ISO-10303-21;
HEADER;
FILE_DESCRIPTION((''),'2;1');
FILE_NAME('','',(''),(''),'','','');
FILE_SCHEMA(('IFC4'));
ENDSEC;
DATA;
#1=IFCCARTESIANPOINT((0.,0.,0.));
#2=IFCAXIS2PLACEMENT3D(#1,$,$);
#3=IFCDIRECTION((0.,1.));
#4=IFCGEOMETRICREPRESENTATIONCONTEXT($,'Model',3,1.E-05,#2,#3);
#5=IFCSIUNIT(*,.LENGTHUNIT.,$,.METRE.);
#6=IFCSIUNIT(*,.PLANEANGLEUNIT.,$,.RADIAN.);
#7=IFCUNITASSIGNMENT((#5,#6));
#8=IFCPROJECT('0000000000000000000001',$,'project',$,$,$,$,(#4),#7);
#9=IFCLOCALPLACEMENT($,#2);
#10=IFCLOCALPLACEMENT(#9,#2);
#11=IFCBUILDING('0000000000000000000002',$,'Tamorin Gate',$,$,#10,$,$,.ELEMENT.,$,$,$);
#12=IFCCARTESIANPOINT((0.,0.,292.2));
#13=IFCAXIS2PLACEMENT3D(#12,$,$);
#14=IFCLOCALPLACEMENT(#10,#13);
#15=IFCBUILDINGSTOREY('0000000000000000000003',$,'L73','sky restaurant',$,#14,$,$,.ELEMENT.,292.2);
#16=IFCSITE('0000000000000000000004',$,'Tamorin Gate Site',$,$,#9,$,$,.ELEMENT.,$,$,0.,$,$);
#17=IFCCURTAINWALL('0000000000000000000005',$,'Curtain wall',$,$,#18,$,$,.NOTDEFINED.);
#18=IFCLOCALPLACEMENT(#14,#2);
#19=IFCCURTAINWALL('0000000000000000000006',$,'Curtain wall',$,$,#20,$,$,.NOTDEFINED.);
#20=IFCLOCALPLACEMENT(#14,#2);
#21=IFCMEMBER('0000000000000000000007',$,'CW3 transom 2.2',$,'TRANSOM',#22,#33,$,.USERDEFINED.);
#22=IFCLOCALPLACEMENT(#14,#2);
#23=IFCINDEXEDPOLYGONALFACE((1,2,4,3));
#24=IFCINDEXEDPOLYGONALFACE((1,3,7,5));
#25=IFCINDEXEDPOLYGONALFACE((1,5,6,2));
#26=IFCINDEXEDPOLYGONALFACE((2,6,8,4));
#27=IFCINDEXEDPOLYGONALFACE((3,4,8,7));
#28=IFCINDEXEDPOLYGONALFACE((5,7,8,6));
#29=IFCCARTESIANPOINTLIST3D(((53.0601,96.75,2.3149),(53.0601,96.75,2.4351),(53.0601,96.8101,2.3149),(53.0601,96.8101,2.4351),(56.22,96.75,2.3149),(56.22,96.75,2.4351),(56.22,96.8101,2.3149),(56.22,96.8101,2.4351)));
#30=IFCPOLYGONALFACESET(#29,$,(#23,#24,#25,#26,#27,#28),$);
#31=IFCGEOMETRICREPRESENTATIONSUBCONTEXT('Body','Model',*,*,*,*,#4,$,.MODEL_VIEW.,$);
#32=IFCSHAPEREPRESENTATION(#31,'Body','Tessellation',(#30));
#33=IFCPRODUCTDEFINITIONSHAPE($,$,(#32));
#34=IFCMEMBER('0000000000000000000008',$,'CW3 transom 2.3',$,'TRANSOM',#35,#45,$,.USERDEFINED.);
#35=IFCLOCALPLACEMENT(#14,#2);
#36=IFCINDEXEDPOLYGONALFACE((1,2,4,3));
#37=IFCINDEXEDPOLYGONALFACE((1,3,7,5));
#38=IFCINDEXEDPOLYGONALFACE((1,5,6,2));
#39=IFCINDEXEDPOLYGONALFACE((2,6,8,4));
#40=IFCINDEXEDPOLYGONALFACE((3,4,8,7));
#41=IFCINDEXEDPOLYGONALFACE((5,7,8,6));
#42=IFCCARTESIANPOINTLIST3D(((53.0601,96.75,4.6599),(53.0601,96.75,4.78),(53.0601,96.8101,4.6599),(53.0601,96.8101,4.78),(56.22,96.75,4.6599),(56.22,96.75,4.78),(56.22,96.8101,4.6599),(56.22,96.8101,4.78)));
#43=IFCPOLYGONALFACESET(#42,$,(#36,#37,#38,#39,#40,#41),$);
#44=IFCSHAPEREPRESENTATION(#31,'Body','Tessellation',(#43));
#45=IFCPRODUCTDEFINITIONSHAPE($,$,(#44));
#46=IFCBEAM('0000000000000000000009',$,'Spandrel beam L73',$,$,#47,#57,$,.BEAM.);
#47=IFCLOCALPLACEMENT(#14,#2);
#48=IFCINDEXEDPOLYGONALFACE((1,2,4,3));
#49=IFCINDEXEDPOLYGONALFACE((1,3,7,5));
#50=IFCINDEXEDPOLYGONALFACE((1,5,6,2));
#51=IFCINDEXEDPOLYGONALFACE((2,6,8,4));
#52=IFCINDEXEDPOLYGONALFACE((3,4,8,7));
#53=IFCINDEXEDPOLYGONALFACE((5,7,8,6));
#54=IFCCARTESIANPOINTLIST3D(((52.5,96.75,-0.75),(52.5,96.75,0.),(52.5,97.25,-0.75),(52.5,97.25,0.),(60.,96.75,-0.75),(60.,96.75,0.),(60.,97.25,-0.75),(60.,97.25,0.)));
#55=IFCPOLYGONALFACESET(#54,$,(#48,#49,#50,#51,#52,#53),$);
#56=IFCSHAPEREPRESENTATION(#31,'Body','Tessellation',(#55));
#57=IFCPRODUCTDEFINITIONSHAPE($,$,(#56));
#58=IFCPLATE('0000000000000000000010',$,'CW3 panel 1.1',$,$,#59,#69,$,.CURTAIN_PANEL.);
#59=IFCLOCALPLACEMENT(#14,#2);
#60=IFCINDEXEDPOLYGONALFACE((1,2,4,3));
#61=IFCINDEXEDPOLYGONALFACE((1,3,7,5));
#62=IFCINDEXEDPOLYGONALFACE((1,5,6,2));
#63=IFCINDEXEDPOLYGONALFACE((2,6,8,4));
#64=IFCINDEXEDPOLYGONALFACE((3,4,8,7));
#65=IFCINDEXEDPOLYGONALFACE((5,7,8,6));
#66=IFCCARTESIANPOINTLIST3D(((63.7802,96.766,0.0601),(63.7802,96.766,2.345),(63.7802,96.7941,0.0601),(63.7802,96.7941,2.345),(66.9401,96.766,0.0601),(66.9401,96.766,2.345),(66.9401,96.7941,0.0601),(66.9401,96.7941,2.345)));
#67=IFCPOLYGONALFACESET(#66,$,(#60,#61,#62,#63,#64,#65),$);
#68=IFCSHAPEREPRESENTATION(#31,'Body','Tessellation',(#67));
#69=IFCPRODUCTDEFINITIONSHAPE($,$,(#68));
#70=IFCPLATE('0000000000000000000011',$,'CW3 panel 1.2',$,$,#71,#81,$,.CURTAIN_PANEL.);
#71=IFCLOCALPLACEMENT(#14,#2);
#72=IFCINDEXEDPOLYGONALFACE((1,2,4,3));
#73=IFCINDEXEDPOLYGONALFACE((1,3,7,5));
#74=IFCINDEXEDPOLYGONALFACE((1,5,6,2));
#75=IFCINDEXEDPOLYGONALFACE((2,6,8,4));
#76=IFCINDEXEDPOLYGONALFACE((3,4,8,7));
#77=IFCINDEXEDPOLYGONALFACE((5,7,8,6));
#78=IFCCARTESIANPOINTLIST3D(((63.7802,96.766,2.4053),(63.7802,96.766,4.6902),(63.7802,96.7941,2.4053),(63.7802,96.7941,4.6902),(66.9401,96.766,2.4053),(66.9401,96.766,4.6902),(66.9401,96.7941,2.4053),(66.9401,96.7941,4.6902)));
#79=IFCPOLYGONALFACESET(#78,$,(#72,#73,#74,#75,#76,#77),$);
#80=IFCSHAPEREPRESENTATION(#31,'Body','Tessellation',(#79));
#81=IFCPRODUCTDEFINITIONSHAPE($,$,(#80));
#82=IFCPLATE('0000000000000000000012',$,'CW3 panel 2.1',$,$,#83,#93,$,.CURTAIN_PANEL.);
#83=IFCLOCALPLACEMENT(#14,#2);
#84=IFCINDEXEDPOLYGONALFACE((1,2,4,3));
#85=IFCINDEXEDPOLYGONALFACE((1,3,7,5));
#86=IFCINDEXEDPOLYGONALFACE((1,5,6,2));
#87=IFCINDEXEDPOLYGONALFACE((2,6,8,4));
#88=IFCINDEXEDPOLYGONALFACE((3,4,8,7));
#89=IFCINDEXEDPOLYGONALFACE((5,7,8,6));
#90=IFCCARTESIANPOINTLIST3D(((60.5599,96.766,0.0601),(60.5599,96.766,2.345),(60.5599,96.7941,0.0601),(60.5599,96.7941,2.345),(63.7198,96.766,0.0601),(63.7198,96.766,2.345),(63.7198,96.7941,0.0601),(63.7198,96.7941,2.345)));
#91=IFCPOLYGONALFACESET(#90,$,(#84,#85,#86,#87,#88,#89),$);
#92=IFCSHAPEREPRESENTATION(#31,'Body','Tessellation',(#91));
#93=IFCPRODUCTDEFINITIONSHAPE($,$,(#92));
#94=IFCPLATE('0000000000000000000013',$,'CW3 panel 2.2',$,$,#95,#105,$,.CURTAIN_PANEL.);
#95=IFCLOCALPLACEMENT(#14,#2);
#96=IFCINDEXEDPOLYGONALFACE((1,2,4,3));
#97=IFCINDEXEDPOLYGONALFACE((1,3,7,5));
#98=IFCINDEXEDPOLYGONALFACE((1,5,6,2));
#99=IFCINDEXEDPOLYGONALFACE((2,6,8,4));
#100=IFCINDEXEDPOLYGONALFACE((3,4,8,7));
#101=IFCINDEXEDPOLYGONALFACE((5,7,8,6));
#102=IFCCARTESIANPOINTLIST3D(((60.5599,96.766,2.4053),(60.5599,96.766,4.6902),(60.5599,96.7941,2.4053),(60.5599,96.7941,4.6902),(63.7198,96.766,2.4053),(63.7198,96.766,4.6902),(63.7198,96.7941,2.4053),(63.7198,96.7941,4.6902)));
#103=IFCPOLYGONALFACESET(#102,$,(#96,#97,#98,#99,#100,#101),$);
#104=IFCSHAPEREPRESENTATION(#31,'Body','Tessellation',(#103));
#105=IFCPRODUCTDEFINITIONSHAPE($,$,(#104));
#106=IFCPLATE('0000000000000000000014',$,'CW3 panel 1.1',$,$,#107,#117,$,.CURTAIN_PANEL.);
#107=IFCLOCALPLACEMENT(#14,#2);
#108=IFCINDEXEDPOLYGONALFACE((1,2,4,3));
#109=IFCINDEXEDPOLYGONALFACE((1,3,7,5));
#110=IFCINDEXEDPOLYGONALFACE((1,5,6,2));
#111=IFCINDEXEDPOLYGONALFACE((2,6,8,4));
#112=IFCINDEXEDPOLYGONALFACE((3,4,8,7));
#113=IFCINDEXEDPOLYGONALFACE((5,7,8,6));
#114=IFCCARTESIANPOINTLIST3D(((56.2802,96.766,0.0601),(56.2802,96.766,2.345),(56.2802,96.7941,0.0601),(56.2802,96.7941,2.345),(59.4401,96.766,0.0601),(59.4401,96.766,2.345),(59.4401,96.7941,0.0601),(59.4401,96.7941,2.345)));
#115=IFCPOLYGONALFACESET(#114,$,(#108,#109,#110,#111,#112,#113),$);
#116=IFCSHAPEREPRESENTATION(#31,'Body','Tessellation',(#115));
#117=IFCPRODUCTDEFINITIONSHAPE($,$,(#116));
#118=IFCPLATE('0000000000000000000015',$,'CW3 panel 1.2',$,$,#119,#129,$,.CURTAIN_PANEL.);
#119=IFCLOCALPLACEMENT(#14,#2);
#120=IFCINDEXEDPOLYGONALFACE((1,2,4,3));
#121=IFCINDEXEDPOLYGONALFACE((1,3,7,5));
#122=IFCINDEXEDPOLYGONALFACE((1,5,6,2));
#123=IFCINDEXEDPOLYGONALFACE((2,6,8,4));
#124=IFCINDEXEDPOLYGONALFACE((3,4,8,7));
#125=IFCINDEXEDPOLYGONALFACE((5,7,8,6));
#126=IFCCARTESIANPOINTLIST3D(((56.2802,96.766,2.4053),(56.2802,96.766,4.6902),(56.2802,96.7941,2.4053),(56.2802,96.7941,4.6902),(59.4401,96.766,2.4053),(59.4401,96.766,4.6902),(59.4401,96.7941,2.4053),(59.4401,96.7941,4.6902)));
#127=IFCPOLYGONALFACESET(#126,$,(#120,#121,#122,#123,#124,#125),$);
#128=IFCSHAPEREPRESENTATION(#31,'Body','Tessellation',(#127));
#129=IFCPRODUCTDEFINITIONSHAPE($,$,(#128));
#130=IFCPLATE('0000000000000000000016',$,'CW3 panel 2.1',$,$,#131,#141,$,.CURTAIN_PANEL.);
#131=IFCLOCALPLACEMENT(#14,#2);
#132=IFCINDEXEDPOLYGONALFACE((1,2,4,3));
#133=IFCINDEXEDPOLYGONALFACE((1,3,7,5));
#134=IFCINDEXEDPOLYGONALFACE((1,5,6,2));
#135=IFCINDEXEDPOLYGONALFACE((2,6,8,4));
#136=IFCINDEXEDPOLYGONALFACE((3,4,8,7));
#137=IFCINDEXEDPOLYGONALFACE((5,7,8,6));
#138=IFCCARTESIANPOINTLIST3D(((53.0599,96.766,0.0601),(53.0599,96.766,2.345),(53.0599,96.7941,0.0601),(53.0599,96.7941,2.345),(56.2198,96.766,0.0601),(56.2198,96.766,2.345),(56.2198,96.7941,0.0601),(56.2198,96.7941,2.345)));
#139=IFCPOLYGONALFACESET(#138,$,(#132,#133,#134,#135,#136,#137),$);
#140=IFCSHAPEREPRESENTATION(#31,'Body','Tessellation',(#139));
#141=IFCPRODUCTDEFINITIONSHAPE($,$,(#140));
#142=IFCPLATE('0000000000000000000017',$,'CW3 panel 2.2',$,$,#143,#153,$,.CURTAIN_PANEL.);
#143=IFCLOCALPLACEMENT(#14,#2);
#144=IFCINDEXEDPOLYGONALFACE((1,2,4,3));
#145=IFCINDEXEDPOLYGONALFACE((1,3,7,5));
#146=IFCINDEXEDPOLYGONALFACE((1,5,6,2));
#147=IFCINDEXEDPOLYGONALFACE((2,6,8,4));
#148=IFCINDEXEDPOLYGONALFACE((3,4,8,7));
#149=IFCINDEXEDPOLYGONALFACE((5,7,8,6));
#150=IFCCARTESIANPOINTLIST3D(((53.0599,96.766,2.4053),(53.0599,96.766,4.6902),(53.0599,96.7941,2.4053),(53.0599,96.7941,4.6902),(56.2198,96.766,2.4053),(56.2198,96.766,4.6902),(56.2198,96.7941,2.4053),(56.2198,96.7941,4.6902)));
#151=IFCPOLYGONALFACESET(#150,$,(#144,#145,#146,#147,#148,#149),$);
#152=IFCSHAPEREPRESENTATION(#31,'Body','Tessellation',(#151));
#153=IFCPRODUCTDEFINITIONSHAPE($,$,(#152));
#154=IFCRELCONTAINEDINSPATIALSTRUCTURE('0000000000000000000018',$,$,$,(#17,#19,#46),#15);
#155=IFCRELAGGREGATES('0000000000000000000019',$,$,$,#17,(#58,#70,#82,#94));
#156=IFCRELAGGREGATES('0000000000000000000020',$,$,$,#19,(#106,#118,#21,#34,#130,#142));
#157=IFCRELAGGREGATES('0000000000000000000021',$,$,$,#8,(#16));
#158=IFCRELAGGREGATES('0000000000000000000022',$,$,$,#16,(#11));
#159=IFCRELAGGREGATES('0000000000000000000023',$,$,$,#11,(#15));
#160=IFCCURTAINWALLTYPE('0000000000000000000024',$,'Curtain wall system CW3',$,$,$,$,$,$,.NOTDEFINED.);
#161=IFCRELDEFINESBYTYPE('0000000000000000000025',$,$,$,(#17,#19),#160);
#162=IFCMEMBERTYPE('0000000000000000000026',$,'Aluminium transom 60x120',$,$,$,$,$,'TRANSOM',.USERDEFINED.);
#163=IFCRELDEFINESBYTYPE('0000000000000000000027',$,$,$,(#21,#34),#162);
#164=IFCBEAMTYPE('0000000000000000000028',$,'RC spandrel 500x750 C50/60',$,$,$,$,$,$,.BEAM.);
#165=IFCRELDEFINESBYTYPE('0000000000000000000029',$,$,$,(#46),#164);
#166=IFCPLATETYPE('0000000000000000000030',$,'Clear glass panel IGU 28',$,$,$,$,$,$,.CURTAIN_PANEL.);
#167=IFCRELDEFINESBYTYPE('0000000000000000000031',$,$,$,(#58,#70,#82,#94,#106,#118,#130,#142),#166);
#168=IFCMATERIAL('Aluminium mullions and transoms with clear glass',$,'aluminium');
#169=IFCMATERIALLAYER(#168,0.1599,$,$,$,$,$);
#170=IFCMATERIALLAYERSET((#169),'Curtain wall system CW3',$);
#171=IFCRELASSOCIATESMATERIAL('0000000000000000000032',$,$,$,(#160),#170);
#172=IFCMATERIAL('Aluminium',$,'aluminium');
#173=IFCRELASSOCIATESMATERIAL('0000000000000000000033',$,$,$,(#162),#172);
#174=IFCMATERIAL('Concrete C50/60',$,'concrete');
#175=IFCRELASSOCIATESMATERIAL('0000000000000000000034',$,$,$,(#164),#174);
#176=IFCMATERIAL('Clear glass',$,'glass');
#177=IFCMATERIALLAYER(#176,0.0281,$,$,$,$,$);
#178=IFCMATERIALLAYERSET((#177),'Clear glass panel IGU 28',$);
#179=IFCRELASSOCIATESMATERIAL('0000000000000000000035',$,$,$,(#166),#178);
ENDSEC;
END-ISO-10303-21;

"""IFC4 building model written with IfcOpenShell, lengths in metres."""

from ifc_helpers import new_model, si_unit, direction, frame, origin, origin_2d, place, context, subcontext, project, spatial, rectangle, extrude, material, layer, layer_set, material_profile, profile_set, type_object, element, aggregate, save


model = new_model("IFC4")

# Units and contexts
model_context = context("Model", 3, precision=1e-05, world=origin(), true_north=direction((0.0, 1.0)))
body_context = subcontext(model_context, "Body", "Model", "MODEL_VIEW")
ifc_project = project(units=[si_unit("LENGTHUNIT", "METRE"), si_unit("PLANEANGLEUNIT", "RADIAN")], contexts=[model_context])

# Site, building, storey
site_placement = place(None, origin())
site = spatial("IfcSite", under=ifc_project, at=site_placement, Name="Tamorin Gate Site", CompositionType="ELEMENT", RefElevation=0.0)
building_placement = place(site_placement, origin())
building = spatial("IfcBuilding", under=site, at=building_placement, Name="Tamorin Gate", CompositionType="ELEMENT")
storey_placement = place(building_placement, frame((0.0, 0.0, 292.2)))
storey = spatial("IfcBuildingStorey", under=building, at=storey_placement, Name="L73", Description="sky restaurant", CompositionType="ELEMENT", Elevation=292.2)

# Shared definitions
ifc_material_1 = material(Name="Concrete C50/60", Category="concrete")

# Curtain walls
ifc_material_2 = material(Name="Aluminium mullions and transoms with clear glass", Category="aluminium")
ifc_layer_1 = layer(ifc_material_2, 0.1599)
ifc_layer_set_1 = layer_set([ifc_layer_1], Name="Curtain wall system CW3")
curtain_wall_type = type_object("IfcCurtainWallType", Name="Curtain wall system CW3", PredefinedType="NOTDEFINED", material=ifc_layer_set_1)
curtain_wall_1_placement = place(storey_placement, origin())
curtain_wall_1 = element("IfcCurtainWall", 1, at=curtain_wall_1_placement, inside=storey, type_object=curtain_wall_type, Name="Curtain wall", PredefinedType="NOTDEFINED")
ifc_material_3 = material(Name="Aluminium", Category="aluminium")
curtain_wall_2_placement = place(storey_placement, origin())
curtain_wall_2 = element("IfcCurtainWall", 2, at=curtain_wall_2_placement, inside=storey, type_object=curtain_wall_type, Name="Curtain wall", PredefinedType="NOTDEFINED")

# Members
ifc_material_profile_1 = material_profile(ifc_material_3, rectangle(XDim=0.0601, YDim=0.1201, at=origin_2d()), Name="RECT 60x120")
ifc_profile_set_1 = profile_set([ifc_material_profile_1], Name="Aluminium")
member_type_1 = type_object("IfcMemberType", Name="Aluminium transom 60x120", ElementType="TRANSOM", PredefinedType="USERDEFINED", material=ifc_profile_set_1)
member_1_placement = place(storey_placement, frame((56.22, 96.78, 2.375), z_axis=(-1.0, 0.0, 0.0), x_axis=(0.0, -1.0, 0.0)))
member_1 = element("IfcMember", 3, at=member_1_placement, type_object=member_type_1, Name="CW3 transom 2.2", ObjectType="TRANSOM", PredefinedType="USERDEFINED", context=body_context, shape_type="SweptSolid", body=[
    extrude(rectangle(XDim=0.0601, YDim=0.1201, at=origin_2d()), origin(), (0.0, 0.0, 1.0), 3.1599),
])
member_2_placement = place(storey_placement, frame((56.22, 96.78, 4.72), z_axis=(-1.0, 0.0, 0.0), x_axis=(0.0, -1.0, 0.0)))
member_2 = element("IfcMember", 4, at=member_2_placement, type_object=member_type_1, Name="CW3 transom 2.3", ObjectType="TRANSOM", PredefinedType="USERDEFINED", context=body_context, shape_type="SweptSolid", body=[
    extrude(rectangle(XDim=0.0601, YDim=0.1201, at=origin_2d()), origin(), (0.0, 0.0, 1.0), 3.1599),
])

# Beam
ifc_material_profile_2 = material_profile(ifc_material_1, rectangle(XDim=0.5, YDim=0.75, at=origin_2d()), Name="RC 500x750")
ifc_profile_set_2 = profile_set([ifc_material_profile_2], Name="Concrete C50/60")
beam_type = type_object("IfcBeamType", Name="RC spandrel 500x750 C50/60", PredefinedType="BEAM", material=ifc_profile_set_2)
beam_placement = place(storey_placement, frame((60.0, 97.0, -0.375), z_axis=(-1.0, 0.0, 0.0), x_axis=(0.0, -1.0, 0.0)))
element("IfcBeam", 5, at=beam_placement, inside=storey, type_object=beam_type, Name="Spandrel beam L73", PredefinedType="BEAM", context=body_context, shape_type="SweptSolid", body=[
    extrude(rectangle(XDim=0.5, YDim=0.75, at=origin_2d()), origin(), (0.0, 0.0, 1.0), 7.5),
])

# Plates
ifc_material_4 = material(Name="Clear glass", Category="glass")
ifc_layer_2 = layer(ifc_material_4, 0.0281)
ifc_layer_set_2 = layer_set([ifc_layer_2], Name="Clear glass panel IGU 28")
plate_type = type_object("IfcPlateType", Name="Clear glass panel IGU 28", PredefinedType="CURTAIN_PANEL", material=ifc_layer_set_2)
plate_1_placement = place(storey_placement, frame((65.3601, 96.78, 0.0601), z_axis=(0.0, 0.0, 1.0), x_axis=(-1.0, 0.0, 0.0)))
plate_1 = element("IfcPlate", 6, at=plate_1_placement, type_object=plate_type, Name="CW3 panel 1.1", PredefinedType="CURTAIN_PANEL", context=body_context, shape_type="SweptSolid", body=[
    extrude(rectangle(XDim=3.1599, YDim=0.0281, at=origin_2d()), origin(), (0.0, 0.0, 1.0), 2.2849),
])
plate_2_placement = place(storey_placement, frame((65.3601, 96.78, 2.4053), z_axis=(0.0, 0.0, 1.0), x_axis=(-1.0, 0.0, 0.0)))
plate_2 = element("IfcPlate", 7, at=plate_2_placement, type_object=plate_type, Name="CW3 panel 1.2", PredefinedType="CURTAIN_PANEL", context=body_context, shape_type="SweptSolid", body=[
    extrude(rectangle(XDim=3.1599, YDim=0.0281, at=origin_2d()), origin(), (0.0, 0.0, 1.0), 2.2849),
])
plate_3_placement = place(storey_placement, frame((62.1399, 96.78, 0.0601), z_axis=(0.0, 0.0, 1.0), x_axis=(-1.0, 0.0, 0.0)))
plate_3 = element("IfcPlate", 8, at=plate_3_placement, type_object=plate_type, Name="CW3 panel 2.1", PredefinedType="CURTAIN_PANEL", context=body_context, shape_type="SweptSolid", body=[
    extrude(rectangle(XDim=3.1599, YDim=0.0281, at=origin_2d()), origin(), (0.0, 0.0, 1.0), 2.2849),
])
plate_4_placement = place(storey_placement, frame((62.1399, 96.78, 2.4053), z_axis=(0.0, 0.0, 1.0), x_axis=(-1.0, 0.0, 0.0)))
plate_4 = element("IfcPlate", 9, at=plate_4_placement, type_object=plate_type, Name="CW3 panel 2.2", PredefinedType="CURTAIN_PANEL", context=body_context, shape_type="SweptSolid", body=[
    extrude(rectangle(XDim=3.1599, YDim=0.0281, at=origin_2d()), origin(), (0.0, 0.0, 1.0), 2.2849),
])
aggregate(curtain_wall_1, [plate_1, plate_2, plate_3, plate_4])
plate_5_placement = place(storey_placement, frame((57.8601, 96.78, 0.0601), z_axis=(0.0, 0.0, 1.0), x_axis=(-1.0, 0.0, 0.0)))
plate_5 = element("IfcPlate", 10, at=plate_5_placement, type_object=plate_type, Name="CW3 panel 1.1", PredefinedType="CURTAIN_PANEL", context=body_context, shape_type="SweptSolid", body=[
    extrude(rectangle(XDim=3.1599, YDim=0.0281, at=origin_2d()), origin(), (0.0, 0.0, 1.0), 2.2849),
])
plate_6_placement = place(storey_placement, frame((57.8601, 96.78, 2.4053), z_axis=(0.0, 0.0, 1.0), x_axis=(-1.0, 0.0, 0.0)))
plate_6 = element("IfcPlate", 11, at=plate_6_placement, type_object=plate_type, Name="CW3 panel 1.2", PredefinedType="CURTAIN_PANEL", context=body_context, shape_type="SweptSolid", body=[
    extrude(rectangle(XDim=3.1599, YDim=0.0281, at=origin_2d()), origin(), (0.0, 0.0, 1.0), 2.2849),
])
plate_7_placement = place(storey_placement, frame((54.6399, 96.78, 0.0601), z_axis=(0.0, 0.0, 1.0), x_axis=(-1.0, 0.0, 0.0)))
plate_7 = element("IfcPlate", 12, at=plate_7_placement, type_object=plate_type, Name="CW3 panel 2.1", PredefinedType="CURTAIN_PANEL", context=body_context, shape_type="SweptSolid", body=[
    extrude(rectangle(XDim=3.1599, YDim=0.0281, at=origin_2d()), origin(), (0.0, 0.0, 1.0), 2.2849),
])
plate_8_placement = place(storey_placement, frame((54.6399, 96.78, 2.4053), z_axis=(0.0, 0.0, 1.0), x_axis=(-1.0, 0.0, 0.0)))
plate_8 = element("IfcPlate", 13, at=plate_8_placement, type_object=plate_type, Name="CW3 panel 2.2", PredefinedType="CURTAIN_PANEL", context=body_context, shape_type="SweptSolid", body=[
    extrude(rectangle(XDim=3.1599, YDim=0.0281, at=origin_2d()), origin(), (0.0, 0.0, 1.0), 2.2849),
])
aggregate(curtain_wall_2, [plate_5, plate_6, member_1, member_2, plate_7, plate_8])

save(model, "model.ifc")
